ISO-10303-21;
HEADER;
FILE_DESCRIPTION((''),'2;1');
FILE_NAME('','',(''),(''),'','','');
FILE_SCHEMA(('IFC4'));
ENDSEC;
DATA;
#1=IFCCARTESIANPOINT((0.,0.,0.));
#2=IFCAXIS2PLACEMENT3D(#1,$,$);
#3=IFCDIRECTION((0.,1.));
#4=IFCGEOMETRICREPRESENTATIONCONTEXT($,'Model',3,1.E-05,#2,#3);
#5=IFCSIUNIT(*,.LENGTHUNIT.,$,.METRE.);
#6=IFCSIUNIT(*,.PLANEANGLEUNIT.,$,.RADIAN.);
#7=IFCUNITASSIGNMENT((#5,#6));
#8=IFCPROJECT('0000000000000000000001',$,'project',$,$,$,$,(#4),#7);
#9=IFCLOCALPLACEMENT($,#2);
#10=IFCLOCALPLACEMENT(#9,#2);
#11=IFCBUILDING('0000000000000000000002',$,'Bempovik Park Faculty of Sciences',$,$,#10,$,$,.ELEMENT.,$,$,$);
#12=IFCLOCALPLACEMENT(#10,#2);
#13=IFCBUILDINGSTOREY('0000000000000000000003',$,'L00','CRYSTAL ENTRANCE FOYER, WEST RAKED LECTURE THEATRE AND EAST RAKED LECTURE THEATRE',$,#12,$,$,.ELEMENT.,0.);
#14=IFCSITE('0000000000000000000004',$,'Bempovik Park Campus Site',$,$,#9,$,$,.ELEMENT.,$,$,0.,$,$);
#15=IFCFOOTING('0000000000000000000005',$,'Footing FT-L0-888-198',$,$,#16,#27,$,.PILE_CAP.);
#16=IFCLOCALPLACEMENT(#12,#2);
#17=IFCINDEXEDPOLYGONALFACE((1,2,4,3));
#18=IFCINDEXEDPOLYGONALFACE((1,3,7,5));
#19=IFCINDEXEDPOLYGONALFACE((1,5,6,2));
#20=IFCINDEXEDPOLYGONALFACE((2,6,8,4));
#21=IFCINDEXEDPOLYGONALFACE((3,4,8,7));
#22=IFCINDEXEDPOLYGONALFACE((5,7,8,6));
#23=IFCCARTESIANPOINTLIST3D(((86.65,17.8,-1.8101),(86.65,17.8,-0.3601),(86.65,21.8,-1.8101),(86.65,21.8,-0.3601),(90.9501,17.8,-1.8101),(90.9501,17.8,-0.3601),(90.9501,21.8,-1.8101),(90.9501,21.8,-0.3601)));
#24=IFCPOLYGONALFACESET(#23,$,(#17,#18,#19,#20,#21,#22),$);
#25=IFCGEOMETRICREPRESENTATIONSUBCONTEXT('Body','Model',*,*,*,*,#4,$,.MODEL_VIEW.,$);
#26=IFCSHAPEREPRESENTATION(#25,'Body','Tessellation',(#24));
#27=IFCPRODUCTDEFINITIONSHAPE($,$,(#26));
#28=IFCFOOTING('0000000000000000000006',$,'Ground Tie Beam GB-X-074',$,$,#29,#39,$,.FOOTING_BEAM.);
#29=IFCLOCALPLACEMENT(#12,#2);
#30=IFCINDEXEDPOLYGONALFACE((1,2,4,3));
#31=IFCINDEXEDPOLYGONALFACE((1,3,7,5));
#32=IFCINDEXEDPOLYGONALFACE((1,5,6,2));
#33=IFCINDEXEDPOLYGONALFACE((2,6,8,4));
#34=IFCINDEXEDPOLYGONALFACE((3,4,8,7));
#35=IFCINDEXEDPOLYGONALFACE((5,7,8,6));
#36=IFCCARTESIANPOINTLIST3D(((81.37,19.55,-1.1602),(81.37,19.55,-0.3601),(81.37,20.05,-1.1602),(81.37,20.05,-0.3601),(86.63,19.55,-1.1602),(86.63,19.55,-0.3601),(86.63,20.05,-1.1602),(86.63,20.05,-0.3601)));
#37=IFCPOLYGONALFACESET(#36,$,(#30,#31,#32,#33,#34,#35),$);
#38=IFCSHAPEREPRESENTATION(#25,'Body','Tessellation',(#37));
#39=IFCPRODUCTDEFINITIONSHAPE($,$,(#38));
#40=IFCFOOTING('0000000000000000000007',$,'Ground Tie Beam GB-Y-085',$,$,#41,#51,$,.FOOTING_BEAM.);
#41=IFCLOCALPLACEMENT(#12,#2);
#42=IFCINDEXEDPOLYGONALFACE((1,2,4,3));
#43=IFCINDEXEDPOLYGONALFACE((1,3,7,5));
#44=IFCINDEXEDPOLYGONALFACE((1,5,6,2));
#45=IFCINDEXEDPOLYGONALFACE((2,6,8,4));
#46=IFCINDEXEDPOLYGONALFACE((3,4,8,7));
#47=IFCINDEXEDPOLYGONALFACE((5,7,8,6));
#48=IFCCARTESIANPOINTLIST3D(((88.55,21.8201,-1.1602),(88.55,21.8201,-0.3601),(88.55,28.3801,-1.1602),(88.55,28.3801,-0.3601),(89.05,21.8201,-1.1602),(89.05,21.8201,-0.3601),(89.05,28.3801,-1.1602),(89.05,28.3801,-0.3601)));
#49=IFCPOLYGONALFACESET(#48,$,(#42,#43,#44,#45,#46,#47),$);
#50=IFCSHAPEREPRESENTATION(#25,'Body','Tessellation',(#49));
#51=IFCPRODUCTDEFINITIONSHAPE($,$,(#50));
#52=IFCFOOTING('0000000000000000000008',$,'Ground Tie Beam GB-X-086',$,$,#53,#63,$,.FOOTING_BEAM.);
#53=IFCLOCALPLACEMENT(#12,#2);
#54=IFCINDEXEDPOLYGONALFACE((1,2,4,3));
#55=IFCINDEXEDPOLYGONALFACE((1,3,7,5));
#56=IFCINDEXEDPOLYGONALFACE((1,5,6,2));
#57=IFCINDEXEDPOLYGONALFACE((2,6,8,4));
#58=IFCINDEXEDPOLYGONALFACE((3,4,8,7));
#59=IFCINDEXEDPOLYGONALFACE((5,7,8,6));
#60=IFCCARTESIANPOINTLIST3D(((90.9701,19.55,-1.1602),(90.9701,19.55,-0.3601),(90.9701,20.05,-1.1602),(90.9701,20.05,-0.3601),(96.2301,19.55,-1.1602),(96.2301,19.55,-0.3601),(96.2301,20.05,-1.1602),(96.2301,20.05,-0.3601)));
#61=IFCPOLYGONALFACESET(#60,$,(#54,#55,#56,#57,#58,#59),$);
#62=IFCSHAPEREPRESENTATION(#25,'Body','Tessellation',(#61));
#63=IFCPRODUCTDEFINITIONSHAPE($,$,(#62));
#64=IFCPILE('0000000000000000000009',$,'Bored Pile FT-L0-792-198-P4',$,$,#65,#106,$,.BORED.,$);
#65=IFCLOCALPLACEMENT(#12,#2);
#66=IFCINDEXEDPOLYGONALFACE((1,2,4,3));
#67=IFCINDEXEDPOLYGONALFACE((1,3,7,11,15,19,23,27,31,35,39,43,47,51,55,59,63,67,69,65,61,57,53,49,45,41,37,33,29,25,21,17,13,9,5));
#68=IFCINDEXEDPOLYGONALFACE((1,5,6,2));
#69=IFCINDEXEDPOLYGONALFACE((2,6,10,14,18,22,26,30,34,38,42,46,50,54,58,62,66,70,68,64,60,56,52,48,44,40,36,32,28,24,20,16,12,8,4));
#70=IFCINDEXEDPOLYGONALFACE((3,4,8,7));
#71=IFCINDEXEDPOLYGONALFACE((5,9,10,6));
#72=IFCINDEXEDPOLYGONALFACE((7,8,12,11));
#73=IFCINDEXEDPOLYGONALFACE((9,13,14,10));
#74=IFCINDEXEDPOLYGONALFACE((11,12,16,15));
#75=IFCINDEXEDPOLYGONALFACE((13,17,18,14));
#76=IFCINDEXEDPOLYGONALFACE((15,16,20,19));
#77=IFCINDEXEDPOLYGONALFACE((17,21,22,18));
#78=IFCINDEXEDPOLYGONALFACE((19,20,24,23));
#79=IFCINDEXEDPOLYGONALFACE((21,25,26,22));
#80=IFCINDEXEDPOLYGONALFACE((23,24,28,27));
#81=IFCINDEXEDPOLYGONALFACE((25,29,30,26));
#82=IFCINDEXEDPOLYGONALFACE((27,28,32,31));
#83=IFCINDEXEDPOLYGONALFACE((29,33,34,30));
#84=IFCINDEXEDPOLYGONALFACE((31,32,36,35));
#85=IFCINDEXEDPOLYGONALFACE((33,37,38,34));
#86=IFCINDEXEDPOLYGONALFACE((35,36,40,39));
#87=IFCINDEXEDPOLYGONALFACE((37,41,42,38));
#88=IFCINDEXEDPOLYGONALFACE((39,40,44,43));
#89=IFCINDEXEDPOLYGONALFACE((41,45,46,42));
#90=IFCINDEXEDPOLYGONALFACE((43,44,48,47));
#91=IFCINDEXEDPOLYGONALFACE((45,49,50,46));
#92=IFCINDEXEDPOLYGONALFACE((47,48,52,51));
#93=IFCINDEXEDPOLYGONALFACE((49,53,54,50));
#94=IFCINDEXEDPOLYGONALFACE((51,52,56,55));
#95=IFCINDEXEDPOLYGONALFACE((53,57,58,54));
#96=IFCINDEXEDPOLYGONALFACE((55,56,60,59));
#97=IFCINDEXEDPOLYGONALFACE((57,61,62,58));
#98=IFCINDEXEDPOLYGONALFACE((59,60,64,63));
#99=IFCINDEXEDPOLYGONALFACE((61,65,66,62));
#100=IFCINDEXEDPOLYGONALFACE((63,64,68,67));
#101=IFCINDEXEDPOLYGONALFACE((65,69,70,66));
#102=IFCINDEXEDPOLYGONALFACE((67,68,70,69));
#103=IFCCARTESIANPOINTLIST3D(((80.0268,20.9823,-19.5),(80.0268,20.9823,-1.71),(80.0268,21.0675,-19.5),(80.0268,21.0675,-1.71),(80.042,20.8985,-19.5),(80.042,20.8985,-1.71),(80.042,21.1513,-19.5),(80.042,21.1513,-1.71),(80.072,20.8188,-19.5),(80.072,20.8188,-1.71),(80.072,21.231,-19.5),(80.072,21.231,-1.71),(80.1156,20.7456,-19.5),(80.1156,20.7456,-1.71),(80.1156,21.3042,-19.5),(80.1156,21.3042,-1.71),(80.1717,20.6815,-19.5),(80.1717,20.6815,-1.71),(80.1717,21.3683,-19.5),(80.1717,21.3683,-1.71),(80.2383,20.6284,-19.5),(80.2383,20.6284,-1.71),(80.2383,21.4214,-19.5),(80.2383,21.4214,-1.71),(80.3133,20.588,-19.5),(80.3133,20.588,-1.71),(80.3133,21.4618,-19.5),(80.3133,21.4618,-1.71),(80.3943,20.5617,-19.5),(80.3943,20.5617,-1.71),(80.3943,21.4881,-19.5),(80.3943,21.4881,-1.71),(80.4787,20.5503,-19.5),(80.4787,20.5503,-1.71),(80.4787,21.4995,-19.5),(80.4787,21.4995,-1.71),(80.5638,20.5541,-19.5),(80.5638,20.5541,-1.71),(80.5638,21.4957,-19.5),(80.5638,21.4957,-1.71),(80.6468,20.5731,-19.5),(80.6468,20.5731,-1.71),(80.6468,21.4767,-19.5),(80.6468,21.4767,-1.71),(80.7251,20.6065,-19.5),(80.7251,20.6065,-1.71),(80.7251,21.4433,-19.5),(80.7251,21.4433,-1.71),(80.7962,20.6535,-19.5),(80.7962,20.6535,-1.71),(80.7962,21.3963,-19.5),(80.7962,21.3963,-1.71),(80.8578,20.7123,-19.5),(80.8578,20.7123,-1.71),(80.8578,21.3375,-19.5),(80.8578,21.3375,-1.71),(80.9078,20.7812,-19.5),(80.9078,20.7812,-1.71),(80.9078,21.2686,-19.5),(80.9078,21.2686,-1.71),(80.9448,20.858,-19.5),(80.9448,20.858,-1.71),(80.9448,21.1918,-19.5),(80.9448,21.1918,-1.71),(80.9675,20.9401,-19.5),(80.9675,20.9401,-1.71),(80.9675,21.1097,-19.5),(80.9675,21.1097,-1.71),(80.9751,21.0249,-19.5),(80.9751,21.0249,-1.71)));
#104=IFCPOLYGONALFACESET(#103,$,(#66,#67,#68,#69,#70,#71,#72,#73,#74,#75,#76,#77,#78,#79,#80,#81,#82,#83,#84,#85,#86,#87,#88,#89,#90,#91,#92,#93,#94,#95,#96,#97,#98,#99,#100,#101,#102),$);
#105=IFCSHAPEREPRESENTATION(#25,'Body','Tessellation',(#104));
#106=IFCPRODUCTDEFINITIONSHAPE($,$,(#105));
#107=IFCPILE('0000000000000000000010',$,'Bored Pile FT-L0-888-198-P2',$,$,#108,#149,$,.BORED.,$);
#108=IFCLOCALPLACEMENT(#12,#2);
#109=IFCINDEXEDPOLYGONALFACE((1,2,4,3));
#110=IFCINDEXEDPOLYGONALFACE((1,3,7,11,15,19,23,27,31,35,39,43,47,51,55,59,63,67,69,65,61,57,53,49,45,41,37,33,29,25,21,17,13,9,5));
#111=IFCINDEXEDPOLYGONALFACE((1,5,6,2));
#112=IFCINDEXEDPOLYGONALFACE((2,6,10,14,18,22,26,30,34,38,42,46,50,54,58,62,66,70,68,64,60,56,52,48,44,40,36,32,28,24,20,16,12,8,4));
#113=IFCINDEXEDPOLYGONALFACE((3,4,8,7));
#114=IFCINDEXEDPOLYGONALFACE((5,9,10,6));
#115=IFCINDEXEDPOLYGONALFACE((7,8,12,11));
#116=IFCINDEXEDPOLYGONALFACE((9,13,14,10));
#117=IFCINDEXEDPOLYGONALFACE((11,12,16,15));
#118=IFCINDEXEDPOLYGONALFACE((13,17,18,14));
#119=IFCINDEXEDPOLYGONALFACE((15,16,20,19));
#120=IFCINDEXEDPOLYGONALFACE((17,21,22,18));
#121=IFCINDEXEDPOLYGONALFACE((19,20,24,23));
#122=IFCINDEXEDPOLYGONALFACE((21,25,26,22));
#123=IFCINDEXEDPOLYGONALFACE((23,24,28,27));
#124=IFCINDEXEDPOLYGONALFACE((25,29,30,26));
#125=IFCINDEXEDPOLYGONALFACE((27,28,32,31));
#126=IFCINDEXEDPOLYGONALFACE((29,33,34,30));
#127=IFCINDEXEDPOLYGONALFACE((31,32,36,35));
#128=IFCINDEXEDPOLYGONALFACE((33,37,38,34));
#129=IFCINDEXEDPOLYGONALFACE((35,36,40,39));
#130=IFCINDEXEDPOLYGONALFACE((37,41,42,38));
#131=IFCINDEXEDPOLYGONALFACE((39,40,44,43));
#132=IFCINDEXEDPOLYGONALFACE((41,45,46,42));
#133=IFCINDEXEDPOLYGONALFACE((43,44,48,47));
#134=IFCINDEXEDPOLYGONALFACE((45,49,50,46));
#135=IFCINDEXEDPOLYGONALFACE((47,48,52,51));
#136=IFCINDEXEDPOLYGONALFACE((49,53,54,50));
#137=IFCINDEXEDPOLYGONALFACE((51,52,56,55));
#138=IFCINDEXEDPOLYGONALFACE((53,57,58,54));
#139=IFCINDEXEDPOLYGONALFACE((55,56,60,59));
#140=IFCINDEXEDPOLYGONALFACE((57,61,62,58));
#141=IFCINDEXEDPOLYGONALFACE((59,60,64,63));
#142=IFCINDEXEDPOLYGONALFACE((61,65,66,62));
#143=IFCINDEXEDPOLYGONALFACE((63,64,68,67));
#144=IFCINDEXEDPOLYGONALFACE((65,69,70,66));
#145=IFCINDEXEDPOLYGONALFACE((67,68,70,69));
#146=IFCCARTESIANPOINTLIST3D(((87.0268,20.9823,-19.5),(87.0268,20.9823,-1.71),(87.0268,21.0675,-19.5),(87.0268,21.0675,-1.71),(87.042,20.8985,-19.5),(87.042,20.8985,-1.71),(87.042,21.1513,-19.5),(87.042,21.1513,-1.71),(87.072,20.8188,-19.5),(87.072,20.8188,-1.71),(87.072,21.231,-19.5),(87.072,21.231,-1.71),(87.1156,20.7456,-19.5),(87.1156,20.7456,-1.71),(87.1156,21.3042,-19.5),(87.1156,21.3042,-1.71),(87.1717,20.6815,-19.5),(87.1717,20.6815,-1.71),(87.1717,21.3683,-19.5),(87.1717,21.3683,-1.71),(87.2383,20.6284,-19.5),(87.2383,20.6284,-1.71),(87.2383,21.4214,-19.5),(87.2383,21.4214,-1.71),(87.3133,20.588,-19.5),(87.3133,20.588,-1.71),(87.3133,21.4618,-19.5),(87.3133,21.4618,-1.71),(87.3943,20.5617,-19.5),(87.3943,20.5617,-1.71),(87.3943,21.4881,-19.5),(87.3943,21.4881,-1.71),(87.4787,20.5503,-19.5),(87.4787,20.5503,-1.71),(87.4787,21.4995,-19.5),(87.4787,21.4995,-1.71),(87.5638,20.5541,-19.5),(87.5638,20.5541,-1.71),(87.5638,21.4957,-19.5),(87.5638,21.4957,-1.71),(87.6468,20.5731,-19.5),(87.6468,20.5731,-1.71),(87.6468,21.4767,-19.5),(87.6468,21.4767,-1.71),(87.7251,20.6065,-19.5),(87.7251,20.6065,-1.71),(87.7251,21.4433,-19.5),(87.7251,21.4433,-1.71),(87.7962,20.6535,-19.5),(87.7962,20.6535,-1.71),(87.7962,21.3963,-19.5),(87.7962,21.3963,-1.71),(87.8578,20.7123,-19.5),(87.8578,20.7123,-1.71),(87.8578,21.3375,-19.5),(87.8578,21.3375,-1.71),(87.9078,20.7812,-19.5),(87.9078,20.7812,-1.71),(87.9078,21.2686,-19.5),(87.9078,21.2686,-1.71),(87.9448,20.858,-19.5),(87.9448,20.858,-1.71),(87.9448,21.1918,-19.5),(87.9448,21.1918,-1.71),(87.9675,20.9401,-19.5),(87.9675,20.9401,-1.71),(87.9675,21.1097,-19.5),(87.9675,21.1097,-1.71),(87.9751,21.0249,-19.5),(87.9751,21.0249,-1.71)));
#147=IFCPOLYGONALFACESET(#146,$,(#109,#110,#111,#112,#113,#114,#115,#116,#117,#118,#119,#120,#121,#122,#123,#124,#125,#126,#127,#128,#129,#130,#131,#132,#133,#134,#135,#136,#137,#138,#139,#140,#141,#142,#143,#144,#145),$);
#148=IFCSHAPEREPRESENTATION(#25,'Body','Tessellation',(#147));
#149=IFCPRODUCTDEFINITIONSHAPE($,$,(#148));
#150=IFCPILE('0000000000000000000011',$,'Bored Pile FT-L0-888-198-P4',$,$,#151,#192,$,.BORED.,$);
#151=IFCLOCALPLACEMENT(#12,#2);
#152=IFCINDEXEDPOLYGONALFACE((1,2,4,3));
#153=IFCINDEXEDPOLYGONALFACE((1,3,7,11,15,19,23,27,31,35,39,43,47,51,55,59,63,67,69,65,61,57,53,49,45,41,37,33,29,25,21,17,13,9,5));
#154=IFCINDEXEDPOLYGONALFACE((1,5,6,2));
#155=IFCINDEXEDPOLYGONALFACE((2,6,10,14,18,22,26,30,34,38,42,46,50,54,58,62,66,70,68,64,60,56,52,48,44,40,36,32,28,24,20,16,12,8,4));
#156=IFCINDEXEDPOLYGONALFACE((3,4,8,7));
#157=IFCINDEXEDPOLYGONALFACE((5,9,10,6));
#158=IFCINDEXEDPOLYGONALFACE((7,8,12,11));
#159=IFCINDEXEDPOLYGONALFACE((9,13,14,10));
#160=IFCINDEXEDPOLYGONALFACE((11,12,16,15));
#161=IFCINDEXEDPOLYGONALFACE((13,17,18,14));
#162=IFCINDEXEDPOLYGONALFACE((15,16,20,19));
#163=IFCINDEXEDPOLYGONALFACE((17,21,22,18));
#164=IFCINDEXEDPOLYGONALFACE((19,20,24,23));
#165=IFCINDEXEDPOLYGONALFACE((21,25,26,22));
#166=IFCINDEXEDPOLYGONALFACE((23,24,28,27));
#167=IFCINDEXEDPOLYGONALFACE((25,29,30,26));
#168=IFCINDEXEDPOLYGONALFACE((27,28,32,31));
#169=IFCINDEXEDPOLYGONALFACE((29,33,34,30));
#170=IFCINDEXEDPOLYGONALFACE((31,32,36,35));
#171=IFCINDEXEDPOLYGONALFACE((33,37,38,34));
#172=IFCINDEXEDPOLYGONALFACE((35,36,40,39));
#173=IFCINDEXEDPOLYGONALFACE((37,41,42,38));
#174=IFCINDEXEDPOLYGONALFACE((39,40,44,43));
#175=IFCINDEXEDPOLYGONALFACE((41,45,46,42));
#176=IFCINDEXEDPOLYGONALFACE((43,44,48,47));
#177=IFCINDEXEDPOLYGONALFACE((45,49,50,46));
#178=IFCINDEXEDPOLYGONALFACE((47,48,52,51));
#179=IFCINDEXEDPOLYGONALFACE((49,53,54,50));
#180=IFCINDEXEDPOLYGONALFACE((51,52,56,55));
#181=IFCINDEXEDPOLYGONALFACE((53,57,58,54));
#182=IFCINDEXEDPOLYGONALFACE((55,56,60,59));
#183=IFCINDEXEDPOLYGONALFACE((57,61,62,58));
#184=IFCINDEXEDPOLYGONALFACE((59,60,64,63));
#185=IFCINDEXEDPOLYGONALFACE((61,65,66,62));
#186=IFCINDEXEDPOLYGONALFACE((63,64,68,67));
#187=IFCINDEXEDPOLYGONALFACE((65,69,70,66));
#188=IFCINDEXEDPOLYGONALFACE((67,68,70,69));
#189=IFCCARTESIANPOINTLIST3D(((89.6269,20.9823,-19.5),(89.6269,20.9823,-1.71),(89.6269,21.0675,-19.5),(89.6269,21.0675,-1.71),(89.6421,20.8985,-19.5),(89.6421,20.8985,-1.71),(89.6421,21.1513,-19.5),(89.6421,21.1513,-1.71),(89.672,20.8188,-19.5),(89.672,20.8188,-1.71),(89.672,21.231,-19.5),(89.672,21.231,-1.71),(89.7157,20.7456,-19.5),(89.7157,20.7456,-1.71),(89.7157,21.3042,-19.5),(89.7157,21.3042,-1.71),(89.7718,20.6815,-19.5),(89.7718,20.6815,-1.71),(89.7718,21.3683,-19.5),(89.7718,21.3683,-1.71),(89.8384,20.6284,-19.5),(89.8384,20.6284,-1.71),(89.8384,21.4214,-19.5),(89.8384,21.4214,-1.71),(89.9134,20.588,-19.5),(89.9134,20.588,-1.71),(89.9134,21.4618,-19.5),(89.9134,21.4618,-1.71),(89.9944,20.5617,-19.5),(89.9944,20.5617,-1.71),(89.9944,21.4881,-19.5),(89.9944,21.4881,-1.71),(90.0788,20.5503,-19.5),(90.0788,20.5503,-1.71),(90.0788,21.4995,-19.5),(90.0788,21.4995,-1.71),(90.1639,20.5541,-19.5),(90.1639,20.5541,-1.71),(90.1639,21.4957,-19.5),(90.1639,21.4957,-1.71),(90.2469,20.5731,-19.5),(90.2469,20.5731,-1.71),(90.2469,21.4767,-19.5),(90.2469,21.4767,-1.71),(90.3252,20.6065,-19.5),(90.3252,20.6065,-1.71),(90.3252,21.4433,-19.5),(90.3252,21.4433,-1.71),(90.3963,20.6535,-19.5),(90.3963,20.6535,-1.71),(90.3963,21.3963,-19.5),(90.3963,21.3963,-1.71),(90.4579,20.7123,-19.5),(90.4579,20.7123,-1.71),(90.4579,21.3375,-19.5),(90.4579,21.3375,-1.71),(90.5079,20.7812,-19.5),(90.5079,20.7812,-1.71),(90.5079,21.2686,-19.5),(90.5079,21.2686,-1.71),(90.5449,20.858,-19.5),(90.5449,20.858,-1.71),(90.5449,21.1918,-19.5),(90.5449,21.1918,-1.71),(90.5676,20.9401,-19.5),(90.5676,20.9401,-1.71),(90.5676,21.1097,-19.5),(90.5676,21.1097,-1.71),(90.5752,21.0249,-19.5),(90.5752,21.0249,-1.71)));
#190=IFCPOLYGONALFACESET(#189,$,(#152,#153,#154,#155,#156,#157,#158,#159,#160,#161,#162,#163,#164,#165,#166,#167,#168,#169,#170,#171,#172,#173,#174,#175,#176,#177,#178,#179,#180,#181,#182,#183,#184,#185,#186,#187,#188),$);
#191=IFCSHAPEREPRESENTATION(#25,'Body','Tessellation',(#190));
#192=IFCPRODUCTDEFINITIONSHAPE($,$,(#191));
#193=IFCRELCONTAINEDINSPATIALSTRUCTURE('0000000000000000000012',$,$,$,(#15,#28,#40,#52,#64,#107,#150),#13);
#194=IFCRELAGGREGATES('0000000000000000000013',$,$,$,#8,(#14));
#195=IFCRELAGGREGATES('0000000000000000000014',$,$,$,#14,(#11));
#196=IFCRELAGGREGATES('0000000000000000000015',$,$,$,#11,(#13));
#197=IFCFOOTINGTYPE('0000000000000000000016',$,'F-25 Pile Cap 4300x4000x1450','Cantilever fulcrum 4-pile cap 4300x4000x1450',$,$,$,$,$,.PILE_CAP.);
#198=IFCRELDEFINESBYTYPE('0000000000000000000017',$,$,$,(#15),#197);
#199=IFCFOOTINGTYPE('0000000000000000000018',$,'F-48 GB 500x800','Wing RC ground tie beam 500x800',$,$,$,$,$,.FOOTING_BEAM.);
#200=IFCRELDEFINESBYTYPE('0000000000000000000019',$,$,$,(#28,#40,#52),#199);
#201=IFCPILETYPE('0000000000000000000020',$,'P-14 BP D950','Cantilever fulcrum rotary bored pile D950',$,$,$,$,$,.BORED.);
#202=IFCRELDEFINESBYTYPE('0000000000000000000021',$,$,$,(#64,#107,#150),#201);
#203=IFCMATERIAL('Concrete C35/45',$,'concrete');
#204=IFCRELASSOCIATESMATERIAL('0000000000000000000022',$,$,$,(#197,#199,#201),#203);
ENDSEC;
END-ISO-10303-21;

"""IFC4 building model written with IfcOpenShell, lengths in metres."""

from ifc_helpers import new_model, si_unit, direction, frame, origin, origin_2d, place, context, subcontext, project, spatial, rectangle, circle, extrude, material, material_profile, profile_set, type_object, element, save


model = new_model("IFC4")

# Units and contexts
model_context = context("Model", 3, precision=1e-05, world=origin(), true_north=direction((0.0, 1.0)))
body_context = subcontext(model_context, "Body", "Model", "MODEL_VIEW")
ifc_project = project(units=[si_unit("LENGTHUNIT", "METRE"), si_unit("PLANEANGLEUNIT", "RADIAN")], contexts=[model_context])

# Site, building, storey
site_placement = place(None, origin())
site = spatial("IfcSite", under=ifc_project, at=site_placement, Name="Bempovik Park Campus Site", CompositionType="ELEMENT", RefElevation=0.0)
building_placement = place(site_placement, origin())
building = spatial("IfcBuilding", under=site, at=building_placement, Name="Bempovik Park Faculty of Sciences", CompositionType="ELEMENT")
storey_placement = place(building_placement, origin())
storey = spatial("IfcBuildingStorey", under=building, at=storey_placement, Name="L00", Description="CRYSTAL ENTRANCE FOYER, WEST RAKED LECTURE THEATRE AND EAST RAKED LECTURE THEATRE", CompositionType="ELEMENT", Elevation=0.0)

# Footings
ifc_material_1 = material(Name="Concrete C35/45", Category="concrete")
footing_type_1 = type_object("IfcFootingType", Name="F-25 Pile Cap 4300x4000x1450", Description="Cantilever fulcrum 4-pile cap 4300x4000x1450", PredefinedType="PILE_CAP", material=ifc_material_1)
footing_1_placement = place(storey_placement, frame((88.8, 19.8, -1.8101), z_axis=(0.0, 0.0, 1.0), x_axis=(1.0, 0.0, 0.0)))
element("IfcFooting", 1, at=footing_1_placement, inside=storey, type_object=footing_type_1, Name="Footing FT-L0-888-198", PredefinedType="PILE_CAP", context=body_context, shape_type="SweptSolid", body=[
    extrude(rectangle(XDim=4.3, YDim=4.0, at=origin_2d()), origin(), (0.0, 0.0, 1.0), 1.45),
])
footing_type_2 = type_object("IfcFootingType", Name="F-48 GB 500x800", Description="Wing RC ground tie beam 500x800", PredefinedType="FOOTING_BEAM", material=ifc_material_1)
footing_2_placement = place(storey_placement, frame((84.0, 19.8, -1.1602), z_axis=(0.0, 0.0, 1.0), x_axis=(1.0, 0.0, 0.0)))
element("IfcFooting", 2, at=footing_2_placement, inside=storey, type_object=footing_type_2, Name="Ground Tie Beam GB-X-074", PredefinedType="FOOTING_BEAM", context=body_context, shape_type="SweptSolid", body=[
    extrude(rectangle(XDim=5.26, YDim=0.5, at=origin_2d()), origin(), (0.0, 0.0, 1.0), 0.8),
])
footing_3_placement = place(storey_placement, frame((88.8, 25.1001, -1.1602), z_axis=(0.0, 0.0, 1.0), x_axis=(1.0, 0.0, 0.0)))
element("IfcFooting", 3, at=footing_3_placement, inside=storey, type_object=footing_type_2, Name="Ground Tie Beam GB-Y-085", PredefinedType="FOOTING_BEAM", context=body_context, shape_type="SweptSolid", body=[
    extrude(rectangle(XDim=0.5, YDim=6.5601, at=origin_2d()), origin(), (0.0, 0.0, 1.0), 0.8),
])
footing_4_placement = place(storey_placement, frame((93.6001, 19.8, -1.1602), z_axis=(0.0, 0.0, 1.0), x_axis=(1.0, 0.0, 0.0)))
element("IfcFooting", 4, at=footing_4_placement, inside=storey, type_object=footing_type_2, Name="Ground Tie Beam GB-X-086", PredefinedType="FOOTING_BEAM", context=body_context, shape_type="SweptSolid", body=[
    extrude(rectangle(XDim=5.26, YDim=0.5, at=origin_2d()), origin(), (0.0, 0.0, 1.0), 0.8),
])

# Piles
ifc_material_profile_1 = material_profile(ifc_material_1, circle(Radius=0.4751, at=origin_2d()), Name="BP D950")
ifc_profile_set_1 = profile_set([ifc_material_profile_1], Name="Concrete C35/45")
pile_type = type_object("IfcPileType", Name="P-14 BP D950", Description="Cantilever fulcrum rotary bored pile D950", PredefinedType="BORED", material=ifc_profile_set_1)
for number, where, z_axis, x_axis, name in (
    (5, (80.5, 21.0249, -1.71), (0.0, 0.0, -1.0), (1.0, 0.0, 0.0), "Bored Pile FT-L0-792-198-P4"),
    (6, (87.5, 21.0249, -1.71), (0.0, 0.0, -1.0), (1.0, 0.0, 0.0), "Bored Pile FT-L0-888-198-P2"),
    (7, (90.1001, 21.0249, -1.71), (0.0, 0.0, -1.0), (1.0, 0.0, 0.0), "Bored Pile FT-L0-888-198-P4"),
):
    element("IfcPile", number, at=place(storey_placement, frame(where, z_axis=z_axis, x_axis=x_axis)), inside=storey, type_object=pile_type, Name=name, PredefinedType="BORED", context=body_context, shape_type="SweptSolid", body=[
        extrude(circle(Radius=0.4751, at=origin_2d()), origin(), (0.0, 0.0, 1.0), 17.79),
    ])

save(model, "model.ifc")
